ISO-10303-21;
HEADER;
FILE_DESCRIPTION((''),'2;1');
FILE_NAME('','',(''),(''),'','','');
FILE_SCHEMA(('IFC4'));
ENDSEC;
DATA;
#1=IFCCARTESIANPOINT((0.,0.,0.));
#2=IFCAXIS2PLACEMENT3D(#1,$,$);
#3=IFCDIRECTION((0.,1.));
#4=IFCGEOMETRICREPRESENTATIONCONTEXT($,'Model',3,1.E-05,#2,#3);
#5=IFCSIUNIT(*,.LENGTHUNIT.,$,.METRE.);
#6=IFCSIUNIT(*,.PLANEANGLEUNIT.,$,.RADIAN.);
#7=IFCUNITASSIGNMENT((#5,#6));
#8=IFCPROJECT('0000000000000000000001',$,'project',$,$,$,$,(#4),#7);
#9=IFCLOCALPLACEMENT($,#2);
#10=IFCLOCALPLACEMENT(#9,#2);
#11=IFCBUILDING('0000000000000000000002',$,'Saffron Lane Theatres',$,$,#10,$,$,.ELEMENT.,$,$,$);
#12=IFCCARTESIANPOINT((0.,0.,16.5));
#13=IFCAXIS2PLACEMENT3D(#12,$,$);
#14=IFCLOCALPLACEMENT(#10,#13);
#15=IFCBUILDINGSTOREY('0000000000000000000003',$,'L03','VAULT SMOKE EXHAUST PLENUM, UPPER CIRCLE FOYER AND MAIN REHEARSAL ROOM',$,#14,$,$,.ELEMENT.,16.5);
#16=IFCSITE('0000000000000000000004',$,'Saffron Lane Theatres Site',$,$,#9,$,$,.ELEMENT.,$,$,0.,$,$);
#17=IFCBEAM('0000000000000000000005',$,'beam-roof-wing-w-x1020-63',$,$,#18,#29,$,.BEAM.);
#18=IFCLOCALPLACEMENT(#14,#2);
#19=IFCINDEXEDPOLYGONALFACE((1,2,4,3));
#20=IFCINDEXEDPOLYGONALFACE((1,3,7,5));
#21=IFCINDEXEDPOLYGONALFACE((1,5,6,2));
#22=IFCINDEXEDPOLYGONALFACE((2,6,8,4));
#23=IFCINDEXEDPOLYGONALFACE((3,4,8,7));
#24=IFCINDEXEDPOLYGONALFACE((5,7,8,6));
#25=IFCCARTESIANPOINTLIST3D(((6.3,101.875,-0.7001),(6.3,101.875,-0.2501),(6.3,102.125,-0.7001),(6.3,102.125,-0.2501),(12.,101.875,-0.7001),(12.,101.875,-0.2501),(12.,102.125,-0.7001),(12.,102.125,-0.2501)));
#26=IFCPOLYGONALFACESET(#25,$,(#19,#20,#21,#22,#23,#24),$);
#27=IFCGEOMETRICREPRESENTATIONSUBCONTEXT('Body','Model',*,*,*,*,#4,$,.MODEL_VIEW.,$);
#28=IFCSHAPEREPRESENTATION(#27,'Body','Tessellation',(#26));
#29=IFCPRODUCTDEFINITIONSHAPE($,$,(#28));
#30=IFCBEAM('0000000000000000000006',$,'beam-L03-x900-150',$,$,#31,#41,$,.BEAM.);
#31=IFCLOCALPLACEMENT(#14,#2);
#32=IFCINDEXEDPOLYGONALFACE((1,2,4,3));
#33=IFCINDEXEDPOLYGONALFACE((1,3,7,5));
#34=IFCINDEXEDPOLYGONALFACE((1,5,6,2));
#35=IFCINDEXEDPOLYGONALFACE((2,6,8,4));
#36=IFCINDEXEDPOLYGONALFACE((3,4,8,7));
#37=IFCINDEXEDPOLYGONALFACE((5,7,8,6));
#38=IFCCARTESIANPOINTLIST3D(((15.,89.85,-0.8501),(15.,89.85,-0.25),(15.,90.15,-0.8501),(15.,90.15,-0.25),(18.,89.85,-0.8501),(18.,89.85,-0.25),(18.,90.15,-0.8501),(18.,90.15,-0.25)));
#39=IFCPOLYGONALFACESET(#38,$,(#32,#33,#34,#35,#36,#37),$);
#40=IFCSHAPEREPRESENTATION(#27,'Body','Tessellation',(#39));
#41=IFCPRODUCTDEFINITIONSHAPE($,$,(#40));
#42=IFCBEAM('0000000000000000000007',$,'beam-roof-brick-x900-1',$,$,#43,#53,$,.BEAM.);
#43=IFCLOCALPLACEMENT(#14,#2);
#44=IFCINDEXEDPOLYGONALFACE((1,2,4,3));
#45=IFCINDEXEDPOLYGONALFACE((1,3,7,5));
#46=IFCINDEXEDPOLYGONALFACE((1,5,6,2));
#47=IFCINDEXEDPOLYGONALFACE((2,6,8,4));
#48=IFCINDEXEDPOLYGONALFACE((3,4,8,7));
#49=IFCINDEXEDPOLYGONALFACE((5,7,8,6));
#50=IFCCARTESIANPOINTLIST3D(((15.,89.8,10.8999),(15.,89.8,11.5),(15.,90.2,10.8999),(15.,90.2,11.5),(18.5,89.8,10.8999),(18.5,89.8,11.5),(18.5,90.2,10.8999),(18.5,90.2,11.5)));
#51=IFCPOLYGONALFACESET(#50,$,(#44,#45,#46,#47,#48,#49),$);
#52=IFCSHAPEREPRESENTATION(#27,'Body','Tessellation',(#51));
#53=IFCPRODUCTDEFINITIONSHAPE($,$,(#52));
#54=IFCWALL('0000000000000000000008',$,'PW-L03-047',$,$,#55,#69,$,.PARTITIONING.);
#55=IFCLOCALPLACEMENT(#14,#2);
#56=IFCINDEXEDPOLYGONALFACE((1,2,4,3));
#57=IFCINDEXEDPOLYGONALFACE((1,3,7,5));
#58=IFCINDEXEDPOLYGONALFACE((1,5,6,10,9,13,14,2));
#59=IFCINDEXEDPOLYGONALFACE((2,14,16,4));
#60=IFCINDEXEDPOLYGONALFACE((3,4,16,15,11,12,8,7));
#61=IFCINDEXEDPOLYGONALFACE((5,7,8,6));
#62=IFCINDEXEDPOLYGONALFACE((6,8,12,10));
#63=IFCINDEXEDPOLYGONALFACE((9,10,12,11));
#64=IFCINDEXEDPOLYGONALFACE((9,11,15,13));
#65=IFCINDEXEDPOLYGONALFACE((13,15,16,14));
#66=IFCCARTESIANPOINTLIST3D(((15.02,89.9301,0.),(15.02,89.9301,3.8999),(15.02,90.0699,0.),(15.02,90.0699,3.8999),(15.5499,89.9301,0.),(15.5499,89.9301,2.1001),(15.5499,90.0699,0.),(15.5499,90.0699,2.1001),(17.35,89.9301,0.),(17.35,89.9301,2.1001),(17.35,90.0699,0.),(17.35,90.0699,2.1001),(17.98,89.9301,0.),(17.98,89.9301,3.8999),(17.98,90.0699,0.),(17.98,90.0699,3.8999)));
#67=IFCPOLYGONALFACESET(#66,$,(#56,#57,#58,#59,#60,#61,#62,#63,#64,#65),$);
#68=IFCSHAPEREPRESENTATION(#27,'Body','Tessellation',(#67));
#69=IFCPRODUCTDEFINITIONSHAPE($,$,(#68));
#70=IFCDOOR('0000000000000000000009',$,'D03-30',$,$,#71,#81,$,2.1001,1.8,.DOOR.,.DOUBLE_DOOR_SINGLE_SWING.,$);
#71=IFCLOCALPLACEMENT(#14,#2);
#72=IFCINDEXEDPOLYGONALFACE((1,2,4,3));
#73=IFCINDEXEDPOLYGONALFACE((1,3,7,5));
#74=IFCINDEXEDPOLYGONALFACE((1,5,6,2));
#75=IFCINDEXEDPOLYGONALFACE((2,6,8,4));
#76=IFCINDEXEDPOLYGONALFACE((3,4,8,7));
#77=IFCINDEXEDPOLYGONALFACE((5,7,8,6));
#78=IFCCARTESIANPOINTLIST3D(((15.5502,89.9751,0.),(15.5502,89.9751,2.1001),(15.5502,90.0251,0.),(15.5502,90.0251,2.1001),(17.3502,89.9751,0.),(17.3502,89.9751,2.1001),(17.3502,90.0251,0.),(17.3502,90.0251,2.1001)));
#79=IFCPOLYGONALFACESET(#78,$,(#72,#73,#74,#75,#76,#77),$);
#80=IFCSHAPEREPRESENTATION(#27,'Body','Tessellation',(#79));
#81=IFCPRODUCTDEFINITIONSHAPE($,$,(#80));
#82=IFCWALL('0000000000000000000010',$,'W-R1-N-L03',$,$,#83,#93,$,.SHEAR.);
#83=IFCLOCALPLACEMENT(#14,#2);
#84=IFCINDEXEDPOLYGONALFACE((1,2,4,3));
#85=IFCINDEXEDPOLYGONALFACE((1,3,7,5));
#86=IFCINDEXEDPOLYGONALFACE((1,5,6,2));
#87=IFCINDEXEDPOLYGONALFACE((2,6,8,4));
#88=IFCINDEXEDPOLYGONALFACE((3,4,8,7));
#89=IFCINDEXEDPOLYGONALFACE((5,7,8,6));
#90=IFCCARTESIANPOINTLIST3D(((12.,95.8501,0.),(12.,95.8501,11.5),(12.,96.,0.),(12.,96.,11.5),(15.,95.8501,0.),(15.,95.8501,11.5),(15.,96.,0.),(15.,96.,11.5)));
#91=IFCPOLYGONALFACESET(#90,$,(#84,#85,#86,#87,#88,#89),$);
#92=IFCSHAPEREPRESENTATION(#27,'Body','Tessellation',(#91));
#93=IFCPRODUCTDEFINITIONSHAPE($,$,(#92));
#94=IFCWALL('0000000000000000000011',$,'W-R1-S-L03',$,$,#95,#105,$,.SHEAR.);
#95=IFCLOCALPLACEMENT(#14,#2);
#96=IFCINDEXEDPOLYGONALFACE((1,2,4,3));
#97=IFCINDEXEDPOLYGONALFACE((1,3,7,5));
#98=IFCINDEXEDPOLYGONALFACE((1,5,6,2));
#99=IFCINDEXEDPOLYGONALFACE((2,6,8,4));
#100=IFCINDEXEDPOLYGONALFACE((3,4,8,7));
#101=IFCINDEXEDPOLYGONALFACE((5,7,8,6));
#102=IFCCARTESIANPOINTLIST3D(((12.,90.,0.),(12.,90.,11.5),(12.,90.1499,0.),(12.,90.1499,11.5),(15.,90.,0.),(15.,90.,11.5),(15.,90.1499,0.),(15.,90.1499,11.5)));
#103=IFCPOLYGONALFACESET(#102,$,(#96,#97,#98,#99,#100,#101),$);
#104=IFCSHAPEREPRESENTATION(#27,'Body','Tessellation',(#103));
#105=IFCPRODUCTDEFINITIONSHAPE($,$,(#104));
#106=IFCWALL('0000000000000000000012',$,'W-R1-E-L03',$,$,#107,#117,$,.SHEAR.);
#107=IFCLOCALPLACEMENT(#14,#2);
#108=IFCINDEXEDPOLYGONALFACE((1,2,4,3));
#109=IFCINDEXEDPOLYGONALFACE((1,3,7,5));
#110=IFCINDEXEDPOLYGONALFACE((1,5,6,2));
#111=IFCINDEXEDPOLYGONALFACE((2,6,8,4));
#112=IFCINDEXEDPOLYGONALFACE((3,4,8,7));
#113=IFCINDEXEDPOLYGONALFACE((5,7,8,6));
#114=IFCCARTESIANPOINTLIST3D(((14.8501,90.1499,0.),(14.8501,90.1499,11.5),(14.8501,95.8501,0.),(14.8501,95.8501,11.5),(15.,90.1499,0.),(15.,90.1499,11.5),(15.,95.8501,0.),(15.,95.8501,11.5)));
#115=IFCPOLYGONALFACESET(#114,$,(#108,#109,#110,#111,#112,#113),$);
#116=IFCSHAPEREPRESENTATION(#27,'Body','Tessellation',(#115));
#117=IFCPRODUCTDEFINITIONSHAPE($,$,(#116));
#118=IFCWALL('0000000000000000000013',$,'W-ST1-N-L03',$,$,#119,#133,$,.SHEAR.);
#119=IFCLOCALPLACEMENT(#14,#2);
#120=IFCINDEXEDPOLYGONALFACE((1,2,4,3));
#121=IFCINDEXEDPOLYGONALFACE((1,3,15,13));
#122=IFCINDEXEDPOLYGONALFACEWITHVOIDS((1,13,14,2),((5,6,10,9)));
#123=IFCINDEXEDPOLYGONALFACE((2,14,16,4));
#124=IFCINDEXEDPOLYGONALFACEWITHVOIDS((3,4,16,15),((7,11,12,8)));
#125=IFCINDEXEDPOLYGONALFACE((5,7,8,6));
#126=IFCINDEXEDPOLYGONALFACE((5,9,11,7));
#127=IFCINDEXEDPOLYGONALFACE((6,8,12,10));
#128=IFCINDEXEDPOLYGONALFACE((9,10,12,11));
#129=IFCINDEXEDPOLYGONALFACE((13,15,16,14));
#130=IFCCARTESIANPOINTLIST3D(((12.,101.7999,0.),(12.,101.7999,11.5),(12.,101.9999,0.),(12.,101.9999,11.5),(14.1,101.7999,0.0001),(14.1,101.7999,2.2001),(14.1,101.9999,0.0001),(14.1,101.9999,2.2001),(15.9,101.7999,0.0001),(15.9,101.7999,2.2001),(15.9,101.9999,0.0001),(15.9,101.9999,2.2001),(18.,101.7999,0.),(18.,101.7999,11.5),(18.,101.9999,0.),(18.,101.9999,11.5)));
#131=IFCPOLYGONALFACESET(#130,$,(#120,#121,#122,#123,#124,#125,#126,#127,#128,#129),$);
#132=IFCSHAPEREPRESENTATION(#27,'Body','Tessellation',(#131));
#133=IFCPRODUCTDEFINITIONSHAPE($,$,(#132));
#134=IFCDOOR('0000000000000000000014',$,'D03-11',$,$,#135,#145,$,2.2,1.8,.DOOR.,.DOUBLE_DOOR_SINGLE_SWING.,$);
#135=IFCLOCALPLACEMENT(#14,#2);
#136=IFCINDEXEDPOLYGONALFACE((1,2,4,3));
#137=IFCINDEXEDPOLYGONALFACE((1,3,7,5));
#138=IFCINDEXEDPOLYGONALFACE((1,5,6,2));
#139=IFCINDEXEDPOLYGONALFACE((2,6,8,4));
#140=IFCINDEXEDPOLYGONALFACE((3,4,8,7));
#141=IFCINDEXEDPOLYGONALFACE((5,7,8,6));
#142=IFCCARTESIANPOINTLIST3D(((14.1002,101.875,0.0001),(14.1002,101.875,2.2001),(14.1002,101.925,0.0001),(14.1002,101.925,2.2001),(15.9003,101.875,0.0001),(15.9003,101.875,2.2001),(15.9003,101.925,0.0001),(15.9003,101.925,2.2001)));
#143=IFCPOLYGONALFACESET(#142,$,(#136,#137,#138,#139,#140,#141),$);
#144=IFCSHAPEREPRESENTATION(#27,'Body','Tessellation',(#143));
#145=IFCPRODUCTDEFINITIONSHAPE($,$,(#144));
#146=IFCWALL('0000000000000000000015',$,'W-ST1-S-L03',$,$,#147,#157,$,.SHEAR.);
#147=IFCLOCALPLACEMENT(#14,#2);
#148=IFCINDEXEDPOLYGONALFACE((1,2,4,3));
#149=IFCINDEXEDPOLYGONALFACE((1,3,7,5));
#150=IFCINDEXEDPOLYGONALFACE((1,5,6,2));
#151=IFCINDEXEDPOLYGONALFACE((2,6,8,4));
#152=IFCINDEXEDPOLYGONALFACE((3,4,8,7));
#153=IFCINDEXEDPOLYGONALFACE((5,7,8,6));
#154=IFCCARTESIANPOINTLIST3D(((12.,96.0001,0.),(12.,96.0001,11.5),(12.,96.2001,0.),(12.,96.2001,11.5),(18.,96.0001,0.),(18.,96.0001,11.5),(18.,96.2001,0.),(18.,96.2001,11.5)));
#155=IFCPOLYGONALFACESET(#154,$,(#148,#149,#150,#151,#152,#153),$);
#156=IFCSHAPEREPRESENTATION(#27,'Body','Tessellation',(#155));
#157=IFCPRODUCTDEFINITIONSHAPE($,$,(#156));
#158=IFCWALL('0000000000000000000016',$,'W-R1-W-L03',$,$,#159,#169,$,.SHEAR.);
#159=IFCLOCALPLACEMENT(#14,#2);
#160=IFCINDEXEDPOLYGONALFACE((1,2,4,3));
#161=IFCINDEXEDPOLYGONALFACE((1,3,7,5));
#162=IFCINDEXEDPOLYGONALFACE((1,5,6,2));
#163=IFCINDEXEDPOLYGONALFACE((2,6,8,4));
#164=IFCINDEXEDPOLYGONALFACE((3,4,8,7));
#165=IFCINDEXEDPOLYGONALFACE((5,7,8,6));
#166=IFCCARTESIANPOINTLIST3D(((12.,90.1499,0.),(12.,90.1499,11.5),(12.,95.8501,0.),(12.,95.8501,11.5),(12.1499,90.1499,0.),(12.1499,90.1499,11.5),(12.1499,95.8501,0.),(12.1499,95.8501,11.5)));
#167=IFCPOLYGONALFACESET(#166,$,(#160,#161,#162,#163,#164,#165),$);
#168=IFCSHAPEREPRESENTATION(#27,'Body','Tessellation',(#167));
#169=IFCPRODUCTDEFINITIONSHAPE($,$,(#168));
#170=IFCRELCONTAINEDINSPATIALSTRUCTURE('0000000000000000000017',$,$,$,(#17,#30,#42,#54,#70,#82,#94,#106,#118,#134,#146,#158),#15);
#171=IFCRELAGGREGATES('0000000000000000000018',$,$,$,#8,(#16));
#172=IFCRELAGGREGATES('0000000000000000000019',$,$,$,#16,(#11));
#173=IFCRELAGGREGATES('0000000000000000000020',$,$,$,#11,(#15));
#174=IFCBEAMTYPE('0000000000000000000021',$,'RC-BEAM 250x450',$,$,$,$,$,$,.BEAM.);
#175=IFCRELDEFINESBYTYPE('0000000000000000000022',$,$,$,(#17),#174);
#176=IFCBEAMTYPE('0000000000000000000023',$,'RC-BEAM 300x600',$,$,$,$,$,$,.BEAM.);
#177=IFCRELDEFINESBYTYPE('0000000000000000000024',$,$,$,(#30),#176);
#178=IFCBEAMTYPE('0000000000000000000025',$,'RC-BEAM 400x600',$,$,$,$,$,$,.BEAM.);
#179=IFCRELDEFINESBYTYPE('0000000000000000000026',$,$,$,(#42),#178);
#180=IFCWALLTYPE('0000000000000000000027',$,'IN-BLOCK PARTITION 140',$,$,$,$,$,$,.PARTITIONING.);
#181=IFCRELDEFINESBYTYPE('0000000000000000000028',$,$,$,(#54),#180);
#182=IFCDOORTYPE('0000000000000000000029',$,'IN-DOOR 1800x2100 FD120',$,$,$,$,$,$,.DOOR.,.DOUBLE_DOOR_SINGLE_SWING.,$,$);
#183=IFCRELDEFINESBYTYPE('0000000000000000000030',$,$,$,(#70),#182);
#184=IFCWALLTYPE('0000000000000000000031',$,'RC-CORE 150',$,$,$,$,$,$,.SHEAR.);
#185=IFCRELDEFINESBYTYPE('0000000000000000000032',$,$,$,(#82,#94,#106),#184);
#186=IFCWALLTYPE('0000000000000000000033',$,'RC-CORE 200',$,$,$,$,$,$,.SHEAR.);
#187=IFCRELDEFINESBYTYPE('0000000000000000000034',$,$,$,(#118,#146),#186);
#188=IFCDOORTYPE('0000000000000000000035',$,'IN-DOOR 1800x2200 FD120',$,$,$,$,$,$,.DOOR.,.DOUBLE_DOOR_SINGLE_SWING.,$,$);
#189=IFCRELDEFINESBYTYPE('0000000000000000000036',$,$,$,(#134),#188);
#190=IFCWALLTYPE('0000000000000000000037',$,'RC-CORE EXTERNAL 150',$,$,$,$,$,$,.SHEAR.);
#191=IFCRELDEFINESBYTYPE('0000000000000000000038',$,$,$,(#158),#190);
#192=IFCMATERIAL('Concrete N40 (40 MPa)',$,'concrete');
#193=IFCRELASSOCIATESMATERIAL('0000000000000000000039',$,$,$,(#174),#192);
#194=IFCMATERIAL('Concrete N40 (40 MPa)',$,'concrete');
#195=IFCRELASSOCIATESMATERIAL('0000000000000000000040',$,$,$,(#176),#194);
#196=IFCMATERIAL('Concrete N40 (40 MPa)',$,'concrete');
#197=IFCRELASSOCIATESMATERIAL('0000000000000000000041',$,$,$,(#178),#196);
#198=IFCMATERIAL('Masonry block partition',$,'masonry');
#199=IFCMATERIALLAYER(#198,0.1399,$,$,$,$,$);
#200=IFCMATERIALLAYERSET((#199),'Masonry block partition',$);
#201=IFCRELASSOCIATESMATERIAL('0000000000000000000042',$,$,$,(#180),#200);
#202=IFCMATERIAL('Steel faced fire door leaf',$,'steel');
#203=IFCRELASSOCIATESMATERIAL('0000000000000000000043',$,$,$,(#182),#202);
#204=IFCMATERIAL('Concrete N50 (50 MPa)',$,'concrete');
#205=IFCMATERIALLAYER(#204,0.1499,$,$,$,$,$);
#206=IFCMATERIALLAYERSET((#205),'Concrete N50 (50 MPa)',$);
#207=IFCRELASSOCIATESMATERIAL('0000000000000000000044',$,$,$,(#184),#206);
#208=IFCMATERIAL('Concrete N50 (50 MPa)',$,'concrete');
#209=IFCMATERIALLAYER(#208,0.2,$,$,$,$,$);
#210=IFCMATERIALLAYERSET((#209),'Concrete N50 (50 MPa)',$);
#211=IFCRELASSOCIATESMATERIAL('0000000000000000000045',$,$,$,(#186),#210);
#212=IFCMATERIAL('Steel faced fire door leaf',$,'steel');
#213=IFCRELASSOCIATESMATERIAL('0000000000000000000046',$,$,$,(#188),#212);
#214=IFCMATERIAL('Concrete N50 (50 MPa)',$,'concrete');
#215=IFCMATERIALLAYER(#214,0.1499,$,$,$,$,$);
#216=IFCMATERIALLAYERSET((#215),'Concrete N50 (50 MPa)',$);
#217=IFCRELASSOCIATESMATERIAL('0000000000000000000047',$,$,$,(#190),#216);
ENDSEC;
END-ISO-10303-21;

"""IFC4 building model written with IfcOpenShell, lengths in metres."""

from ifc_helpers import new_model, si_unit, direction, frame, frame_2d, origin, origin_2d, place, context, subcontext, project, spatial, rectangle, extrude, material, layer, layer_set, material_profile, profile_set, type_object, element, fill, save


model = new_model("IFC4")

# Units and contexts
model_context = context("Model", 3, precision=1e-05, world=origin(), true_north=direction((0.0, 1.0)))
body_context = subcontext(model_context, "Body", "Model", "MODEL_VIEW")
ifc_project = project(units=[si_unit("LENGTHUNIT", "METRE"), si_unit("PLANEANGLEUNIT", "RADIAN")], contexts=[model_context])

# Site, building, storey
site_placement = place(None, origin())
site = spatial("IfcSite", under=ifc_project, at=site_placement, Name="Saffron Lane Theatres Site", CompositionType="ELEMENT", RefElevation=0.0)
building_placement = place(site_placement, origin())
building = spatial("IfcBuilding", under=site, at=building_placement, Name="Saffron Lane Theatres", CompositionType="ELEMENT")
storey_placement = place(building_placement, frame((0.0, 0.0, 16.5)))
storey = spatial("IfcBuildingStorey", under=building, at=storey_placement, Name="L03", Description="VAULT SMOKE EXHAUST PLENUM, UPPER CIRCLE FOYER AND MAIN REHEARSAL ROOM", CompositionType="ELEMENT", Elevation=16.5)

# Beams
ifc_material_1 = material(Name="Concrete N40 (40 MPa)", Category="concrete")
ifc_material_profile_1 = material_profile(ifc_material_1, rectangle(XDim=0.25, YDim=0.45, at=origin_2d()))
ifc_profile_set_1 = profile_set([ifc_material_profile_1], Name="Concrete N40 (40 MPa)")
beam_type_1 = type_object("IfcBeamType", Name="RC-BEAM 250x450", PredefinedType="BEAM", material=ifc_profile_set_1)
beam_1_placement = place(storey_placement, frame((6.3, 102.0, -0.4751), z_axis=(1.0, 0.0, 0.0), x_axis=(0.0, 1.0, 0.0)))
element("IfcBeam", 1, at=beam_1_placement, inside=storey, type_object=beam_type_1, Name="beam-roof-wing-w-x1020-63", PredefinedType="BEAM", context=body_context, shape_type="SweptSolid", body=[
    extrude(rectangle(XDim=0.25, YDim=0.45, at=origin_2d()), origin(), (0.0, 0.0, 1.0), 5.7),
])
ifc_material_2 = material(Name="Concrete N40 (40 MPa)", Category="concrete")
ifc_material_profile_2 = material_profile(ifc_material_2, rectangle(XDim=0.3, YDim=0.6001, at=origin_2d()))
ifc_profile_set_2 = profile_set([ifc_material_profile_2], Name="Concrete N40 (40 MPa)")
beam_type_2 = type_object("IfcBeamType", Name="RC-BEAM 300x600", PredefinedType="BEAM", material=ifc_profile_set_2)
beam_2_placement = place(storey_placement, frame((15.0, 90.0, -0.55), z_axis=(1.0, 0.0, 0.0), x_axis=(0.0, 1.0, 0.0)))
element("IfcBeam", 2, at=beam_2_placement, inside=storey, type_object=beam_type_2, Name="beam-L03-x900-150", PredefinedType="BEAM", context=body_context, shape_type="SweptSolid", body=[
    extrude(rectangle(XDim=0.3, YDim=0.6001, at=origin_2d()), origin(), (0.0, 0.0, 1.0), 3.0),
])
ifc_material_3 = material(Name="Concrete N40 (40 MPa)", Category="concrete")
ifc_material_profile_3 = material_profile(ifc_material_3, rectangle(XDim=0.3999, YDim=0.6001, at=origin_2d()))
ifc_profile_set_3 = profile_set([ifc_material_profile_3], Name="Concrete N40 (40 MPa)")
beam_type_3 = type_object("IfcBeamType", Name="RC-BEAM 400x600", PredefinedType="BEAM", material=ifc_profile_set_3)
beam_3_placement = place(storey_placement, frame((15.0, 90.0, 11.2), z_axis=(1.0, 0.0, 0.0), x_axis=(0.0, 1.0, 0.0)))
element("IfcBeam", 3, at=beam_3_placement, inside=storey, type_object=beam_type_3, Name="beam-roof-brick-x900-1", PredefinedType="BEAM", context=body_context, shape_type="SweptSolid", body=[
    extrude(rectangle(XDim=0.3999, YDim=0.6001, at=origin_2d()), origin(), (0.0, 0.0, 1.0), 3.5),
])

# Wall, opening, door
ifc_material_4 = material(Name="Masonry block partition", Category="masonry")
ifc_layer_1 = layer(ifc_material_4, 0.1399)
ifc_layer_set_1 = layer_set([ifc_layer_1], Name="Masonry block partition")
wall_type_1 = type_object("IfcWallType", Name="IN-BLOCK PARTITION 140", PredefinedType="PARTITIONING", material=ifc_layer_set_1)
wall_1_placement = place(storey_placement, frame((15.02, 90.0, 0.0), z_axis=(0.0, 0.0, 1.0), x_axis=(1.0, 0.0, 0.0)))
wall_1 = element("IfcWall", 4, at=wall_1_placement, inside=storey, type_object=wall_type_1, Name="PW-L03-047", PredefinedType="PARTITIONING", context=body_context, shape_type="SweptSolid", body=[
    extrude(rectangle(XDim=2.96, YDim=0.1399, at=frame_2d((1.48, 0.0))), origin(), (0.0, 0.0, 1.0), 3.8999),
])
opening_1_placement = place(wall_1_placement, frame((0.53, 0.0, 0.0)))
opening_1 = element("IfcOpeningElement", 5, at=opening_1_placement, cuts=wall_1, PredefinedType="OPENING", context=body_context, shape_type="SweptSolid", body=[
    extrude(rectangle(XDim=1.8, YDim=2.1001, at=frame_2d((0.8999, 1.05))), frame((0.0, 0.0801, 0.0), z_axis=(0.0, -1.0, 0.0), x_axis=(1.0, 0.0, 0.0)), (0.0, 0.0, 1.0), 0.1599),
])
ifc_material_5 = material(Name="Steel faced fire door leaf", Category="steel")
door_type_1 = type_object("IfcDoorType", Name="IN-DOOR 1800x2100 FD120", OperationType="DOUBLE_DOOR_SINGLE_SWING", PredefinedType="DOOR", material=ifc_material_5)
door_1_placement = place(opening_1_placement, frame((1.8, 0.0, 0.0), z_axis=(0.0, 0.0, 1.0), x_axis=(-1.0, 0.0, 0.0)))
door_1 = element("IfcDoor", 6, at=door_1_placement, inside=storey, type_object=door_type_1, Name="D03-30", OperationType="DOUBLE_DOOR_SINGLE_SWING", OverallHeight=2.1001, OverallWidth=1.8, PredefinedType="DOOR", context=body_context, shape_type="SweptSolid", body=[
    extrude(rectangle(XDim=1.8, YDim=2.1001, at=frame_2d((0.8999, 1.05))), frame((0.0, 0.0249, 0.0), z_axis=(0.0, -1.0, 0.0), x_axis=(1.0, 0.0, 0.0)), (0.0, 0.0, 1.0), 0.05),
])
fill(opening_1, door_1)

# Walls
ifc_material_6 = material(Name="Concrete N50 (50 MPa)", Category="concrete")
ifc_layer_2 = layer(ifc_material_6, 0.1499)
ifc_layer_set_2 = layer_set([ifc_layer_2], Name="Concrete N50 (50 MPa)")
wall_type_2 = type_object("IfcWallType", Name="RC-CORE 150", PredefinedType="SHEAR", material=ifc_layer_set_2)
for number, where, z_axis, x_axis, name in (
    (7, (12.0, 95.925, 0.0), (0.0, 0.0, 1.0), (1.0, 0.0, 0.0), "W-R1-N-L03"),
    (8, (12.0, 90.075, 0.0), (0.0, 0.0, 1.0), (1.0, 0.0, 0.0), "W-R1-S-L03"),
):
    element("IfcWall", number, at=place(storey_placement, frame(where, z_axis=z_axis, x_axis=x_axis)), inside=storey, type_object=wall_type_2, Name=name, PredefinedType="SHEAR", context=body_context, shape_type="SweptSolid", body=[
        extrude(rectangle(XDim=3.0, YDim=0.1499, at=frame_2d((1.5, 0.0))), origin(), (0.0, 0.0, 1.0), 11.5),
    ])
wall_2_placement = place(storey_placement, frame((14.925, 90.1499, 0.0), z_axis=(0.0, 0.0, 1.0), x_axis=(0.0, 1.0, 0.0)))
element("IfcWall", 9, at=wall_2_placement, inside=storey, type_object=wall_type_2, Name="W-R1-E-L03", PredefinedType="SHEAR", context=body_context, shape_type="SweptSolid", body=[
    extrude(rectangle(XDim=5.7002, YDim=0.1499, at=frame_2d((2.8501, 0.0))), origin(), (0.0, 0.0, 1.0), 11.5),
])

# Wall, opening, door
ifc_material_7 = material(Name="Concrete N50 (50 MPa)", Category="concrete")
ifc_layer_3 = layer(ifc_material_7, 0.2)
ifc_layer_set_3 = layer_set([ifc_layer_3], Name="Concrete N50 (50 MPa)")
wall_type_3 = type_object("IfcWallType", Name="RC-CORE 200", PredefinedType="SHEAR", material=ifc_layer_set_3)
wall_3_placement = place(storey_placement, frame((12.0, 101.8999, 0.0), z_axis=(0.0, 0.0, 1.0), x_axis=(1.0, 0.0, 0.0)))
wall_3 = element("IfcWall", 10, at=wall_3_placement, inside=storey, type_object=wall_type_3, Name="W-ST1-N-L03", PredefinedType="SHEAR", context=body_context, shape_type="SweptSolid", body=[
    extrude(rectangle(XDim=6.0, YDim=0.2, at=frame_2d((3.0, 0.0))), origin(), (0.0, 0.0, 1.0), 11.5),
])
opening_2_placement = place(wall_3_placement, frame((2.1001, 0.0, 0.0)))
opening_2 = element("IfcOpeningElement", 11, at=opening_2_placement, cuts=wall_3, PredefinedType="OPENING", context=body_context, shape_type="SweptSolid", body=[
    extrude(rectangle(XDim=1.8, YDim=2.2, at=frame_2d((0.8999, 1.1001))), frame((0.0, 0.1099, 0.0), z_axis=(0.0, -1.0, 0.0), x_axis=(1.0, 0.0, 0.0)), (0.0, 0.0, 1.0), 0.22),
])
ifc_material_8 = material(Name="Steel faced fire door leaf", Category="steel")
door_type_2 = type_object("IfcDoorType", Name="IN-DOOR 1800x2200 FD120", OperationType="DOUBLE_DOOR_SINGLE_SWING", PredefinedType="DOOR", material=ifc_material_8)
door_2_placement = place(opening_2_placement, frame((1.8, 0.0, 0.0), z_axis=(0.0, 0.0, 1.0), x_axis=(-1.0, 0.0, 0.0)))
door_2 = element("IfcDoor", 12, at=door_2_placement, inside=storey, type_object=door_type_2, Name="D03-11", OperationType="DOUBLE_DOOR_SINGLE_SWING", OverallHeight=2.2, OverallWidth=1.8, PredefinedType="DOOR", context=body_context, shape_type="SweptSolid", body=[
    extrude(rectangle(XDim=1.8, YDim=2.2, at=frame_2d((0.8999, 1.1001))), frame((0.0, 0.0249, 0.0), z_axis=(0.0, -1.0, 0.0), x_axis=(1.0, 0.0, 0.0)), (0.0, 0.0, 1.0), 0.05),
])
fill(opening_2, door_2)

# Walls
wall_4_placement = place(storey_placement, frame((12.0, 96.1001, 0.0), z_axis=(0.0, 0.0, 1.0), x_axis=(1.0, 0.0, 0.0)))
element("IfcWall", 13, at=wall_4_placement, inside=storey, type_object=wall_type_3, Name="W-ST1-S-L03", PredefinedType="SHEAR", context=body_context, shape_type="SweptSolid", body=[
    extrude(rectangle(XDim=6.0, YDim=0.2, at=frame_2d((3.0, 0.0))), origin(), (0.0, 0.0, 1.0), 11.5),
])
ifc_material_9 = material(Name="Concrete N50 (50 MPa)", Category="concrete")
ifc_layer_4 = layer(ifc_material_9, 0.1499)
ifc_layer_set_4 = layer_set([ifc_layer_4], Name="Concrete N50 (50 MPa)")
wall_type_4 = type_object("IfcWallType", Name="RC-CORE EXTERNAL 150", PredefinedType="SHEAR", material=ifc_layer_set_4)
wall_5_placement = place(storey_placement, frame((12.075, 90.1499, 0.0), z_axis=(0.0, 0.0, 1.0), x_axis=(0.0, 1.0, 0.0)))
element("IfcWall", 14, at=wall_5_placement, inside=storey, type_object=wall_type_4, Name="W-R1-W-L03", PredefinedType="SHEAR", context=body_context, shape_type="SweptSolid", body=[
    extrude(rectangle(XDim=5.7002, YDim=0.1499, at=frame_2d((2.8501, 0.0))), origin(), (0.0, 0.0, 1.0), 11.5),
])

save(model, "model.ifc")
